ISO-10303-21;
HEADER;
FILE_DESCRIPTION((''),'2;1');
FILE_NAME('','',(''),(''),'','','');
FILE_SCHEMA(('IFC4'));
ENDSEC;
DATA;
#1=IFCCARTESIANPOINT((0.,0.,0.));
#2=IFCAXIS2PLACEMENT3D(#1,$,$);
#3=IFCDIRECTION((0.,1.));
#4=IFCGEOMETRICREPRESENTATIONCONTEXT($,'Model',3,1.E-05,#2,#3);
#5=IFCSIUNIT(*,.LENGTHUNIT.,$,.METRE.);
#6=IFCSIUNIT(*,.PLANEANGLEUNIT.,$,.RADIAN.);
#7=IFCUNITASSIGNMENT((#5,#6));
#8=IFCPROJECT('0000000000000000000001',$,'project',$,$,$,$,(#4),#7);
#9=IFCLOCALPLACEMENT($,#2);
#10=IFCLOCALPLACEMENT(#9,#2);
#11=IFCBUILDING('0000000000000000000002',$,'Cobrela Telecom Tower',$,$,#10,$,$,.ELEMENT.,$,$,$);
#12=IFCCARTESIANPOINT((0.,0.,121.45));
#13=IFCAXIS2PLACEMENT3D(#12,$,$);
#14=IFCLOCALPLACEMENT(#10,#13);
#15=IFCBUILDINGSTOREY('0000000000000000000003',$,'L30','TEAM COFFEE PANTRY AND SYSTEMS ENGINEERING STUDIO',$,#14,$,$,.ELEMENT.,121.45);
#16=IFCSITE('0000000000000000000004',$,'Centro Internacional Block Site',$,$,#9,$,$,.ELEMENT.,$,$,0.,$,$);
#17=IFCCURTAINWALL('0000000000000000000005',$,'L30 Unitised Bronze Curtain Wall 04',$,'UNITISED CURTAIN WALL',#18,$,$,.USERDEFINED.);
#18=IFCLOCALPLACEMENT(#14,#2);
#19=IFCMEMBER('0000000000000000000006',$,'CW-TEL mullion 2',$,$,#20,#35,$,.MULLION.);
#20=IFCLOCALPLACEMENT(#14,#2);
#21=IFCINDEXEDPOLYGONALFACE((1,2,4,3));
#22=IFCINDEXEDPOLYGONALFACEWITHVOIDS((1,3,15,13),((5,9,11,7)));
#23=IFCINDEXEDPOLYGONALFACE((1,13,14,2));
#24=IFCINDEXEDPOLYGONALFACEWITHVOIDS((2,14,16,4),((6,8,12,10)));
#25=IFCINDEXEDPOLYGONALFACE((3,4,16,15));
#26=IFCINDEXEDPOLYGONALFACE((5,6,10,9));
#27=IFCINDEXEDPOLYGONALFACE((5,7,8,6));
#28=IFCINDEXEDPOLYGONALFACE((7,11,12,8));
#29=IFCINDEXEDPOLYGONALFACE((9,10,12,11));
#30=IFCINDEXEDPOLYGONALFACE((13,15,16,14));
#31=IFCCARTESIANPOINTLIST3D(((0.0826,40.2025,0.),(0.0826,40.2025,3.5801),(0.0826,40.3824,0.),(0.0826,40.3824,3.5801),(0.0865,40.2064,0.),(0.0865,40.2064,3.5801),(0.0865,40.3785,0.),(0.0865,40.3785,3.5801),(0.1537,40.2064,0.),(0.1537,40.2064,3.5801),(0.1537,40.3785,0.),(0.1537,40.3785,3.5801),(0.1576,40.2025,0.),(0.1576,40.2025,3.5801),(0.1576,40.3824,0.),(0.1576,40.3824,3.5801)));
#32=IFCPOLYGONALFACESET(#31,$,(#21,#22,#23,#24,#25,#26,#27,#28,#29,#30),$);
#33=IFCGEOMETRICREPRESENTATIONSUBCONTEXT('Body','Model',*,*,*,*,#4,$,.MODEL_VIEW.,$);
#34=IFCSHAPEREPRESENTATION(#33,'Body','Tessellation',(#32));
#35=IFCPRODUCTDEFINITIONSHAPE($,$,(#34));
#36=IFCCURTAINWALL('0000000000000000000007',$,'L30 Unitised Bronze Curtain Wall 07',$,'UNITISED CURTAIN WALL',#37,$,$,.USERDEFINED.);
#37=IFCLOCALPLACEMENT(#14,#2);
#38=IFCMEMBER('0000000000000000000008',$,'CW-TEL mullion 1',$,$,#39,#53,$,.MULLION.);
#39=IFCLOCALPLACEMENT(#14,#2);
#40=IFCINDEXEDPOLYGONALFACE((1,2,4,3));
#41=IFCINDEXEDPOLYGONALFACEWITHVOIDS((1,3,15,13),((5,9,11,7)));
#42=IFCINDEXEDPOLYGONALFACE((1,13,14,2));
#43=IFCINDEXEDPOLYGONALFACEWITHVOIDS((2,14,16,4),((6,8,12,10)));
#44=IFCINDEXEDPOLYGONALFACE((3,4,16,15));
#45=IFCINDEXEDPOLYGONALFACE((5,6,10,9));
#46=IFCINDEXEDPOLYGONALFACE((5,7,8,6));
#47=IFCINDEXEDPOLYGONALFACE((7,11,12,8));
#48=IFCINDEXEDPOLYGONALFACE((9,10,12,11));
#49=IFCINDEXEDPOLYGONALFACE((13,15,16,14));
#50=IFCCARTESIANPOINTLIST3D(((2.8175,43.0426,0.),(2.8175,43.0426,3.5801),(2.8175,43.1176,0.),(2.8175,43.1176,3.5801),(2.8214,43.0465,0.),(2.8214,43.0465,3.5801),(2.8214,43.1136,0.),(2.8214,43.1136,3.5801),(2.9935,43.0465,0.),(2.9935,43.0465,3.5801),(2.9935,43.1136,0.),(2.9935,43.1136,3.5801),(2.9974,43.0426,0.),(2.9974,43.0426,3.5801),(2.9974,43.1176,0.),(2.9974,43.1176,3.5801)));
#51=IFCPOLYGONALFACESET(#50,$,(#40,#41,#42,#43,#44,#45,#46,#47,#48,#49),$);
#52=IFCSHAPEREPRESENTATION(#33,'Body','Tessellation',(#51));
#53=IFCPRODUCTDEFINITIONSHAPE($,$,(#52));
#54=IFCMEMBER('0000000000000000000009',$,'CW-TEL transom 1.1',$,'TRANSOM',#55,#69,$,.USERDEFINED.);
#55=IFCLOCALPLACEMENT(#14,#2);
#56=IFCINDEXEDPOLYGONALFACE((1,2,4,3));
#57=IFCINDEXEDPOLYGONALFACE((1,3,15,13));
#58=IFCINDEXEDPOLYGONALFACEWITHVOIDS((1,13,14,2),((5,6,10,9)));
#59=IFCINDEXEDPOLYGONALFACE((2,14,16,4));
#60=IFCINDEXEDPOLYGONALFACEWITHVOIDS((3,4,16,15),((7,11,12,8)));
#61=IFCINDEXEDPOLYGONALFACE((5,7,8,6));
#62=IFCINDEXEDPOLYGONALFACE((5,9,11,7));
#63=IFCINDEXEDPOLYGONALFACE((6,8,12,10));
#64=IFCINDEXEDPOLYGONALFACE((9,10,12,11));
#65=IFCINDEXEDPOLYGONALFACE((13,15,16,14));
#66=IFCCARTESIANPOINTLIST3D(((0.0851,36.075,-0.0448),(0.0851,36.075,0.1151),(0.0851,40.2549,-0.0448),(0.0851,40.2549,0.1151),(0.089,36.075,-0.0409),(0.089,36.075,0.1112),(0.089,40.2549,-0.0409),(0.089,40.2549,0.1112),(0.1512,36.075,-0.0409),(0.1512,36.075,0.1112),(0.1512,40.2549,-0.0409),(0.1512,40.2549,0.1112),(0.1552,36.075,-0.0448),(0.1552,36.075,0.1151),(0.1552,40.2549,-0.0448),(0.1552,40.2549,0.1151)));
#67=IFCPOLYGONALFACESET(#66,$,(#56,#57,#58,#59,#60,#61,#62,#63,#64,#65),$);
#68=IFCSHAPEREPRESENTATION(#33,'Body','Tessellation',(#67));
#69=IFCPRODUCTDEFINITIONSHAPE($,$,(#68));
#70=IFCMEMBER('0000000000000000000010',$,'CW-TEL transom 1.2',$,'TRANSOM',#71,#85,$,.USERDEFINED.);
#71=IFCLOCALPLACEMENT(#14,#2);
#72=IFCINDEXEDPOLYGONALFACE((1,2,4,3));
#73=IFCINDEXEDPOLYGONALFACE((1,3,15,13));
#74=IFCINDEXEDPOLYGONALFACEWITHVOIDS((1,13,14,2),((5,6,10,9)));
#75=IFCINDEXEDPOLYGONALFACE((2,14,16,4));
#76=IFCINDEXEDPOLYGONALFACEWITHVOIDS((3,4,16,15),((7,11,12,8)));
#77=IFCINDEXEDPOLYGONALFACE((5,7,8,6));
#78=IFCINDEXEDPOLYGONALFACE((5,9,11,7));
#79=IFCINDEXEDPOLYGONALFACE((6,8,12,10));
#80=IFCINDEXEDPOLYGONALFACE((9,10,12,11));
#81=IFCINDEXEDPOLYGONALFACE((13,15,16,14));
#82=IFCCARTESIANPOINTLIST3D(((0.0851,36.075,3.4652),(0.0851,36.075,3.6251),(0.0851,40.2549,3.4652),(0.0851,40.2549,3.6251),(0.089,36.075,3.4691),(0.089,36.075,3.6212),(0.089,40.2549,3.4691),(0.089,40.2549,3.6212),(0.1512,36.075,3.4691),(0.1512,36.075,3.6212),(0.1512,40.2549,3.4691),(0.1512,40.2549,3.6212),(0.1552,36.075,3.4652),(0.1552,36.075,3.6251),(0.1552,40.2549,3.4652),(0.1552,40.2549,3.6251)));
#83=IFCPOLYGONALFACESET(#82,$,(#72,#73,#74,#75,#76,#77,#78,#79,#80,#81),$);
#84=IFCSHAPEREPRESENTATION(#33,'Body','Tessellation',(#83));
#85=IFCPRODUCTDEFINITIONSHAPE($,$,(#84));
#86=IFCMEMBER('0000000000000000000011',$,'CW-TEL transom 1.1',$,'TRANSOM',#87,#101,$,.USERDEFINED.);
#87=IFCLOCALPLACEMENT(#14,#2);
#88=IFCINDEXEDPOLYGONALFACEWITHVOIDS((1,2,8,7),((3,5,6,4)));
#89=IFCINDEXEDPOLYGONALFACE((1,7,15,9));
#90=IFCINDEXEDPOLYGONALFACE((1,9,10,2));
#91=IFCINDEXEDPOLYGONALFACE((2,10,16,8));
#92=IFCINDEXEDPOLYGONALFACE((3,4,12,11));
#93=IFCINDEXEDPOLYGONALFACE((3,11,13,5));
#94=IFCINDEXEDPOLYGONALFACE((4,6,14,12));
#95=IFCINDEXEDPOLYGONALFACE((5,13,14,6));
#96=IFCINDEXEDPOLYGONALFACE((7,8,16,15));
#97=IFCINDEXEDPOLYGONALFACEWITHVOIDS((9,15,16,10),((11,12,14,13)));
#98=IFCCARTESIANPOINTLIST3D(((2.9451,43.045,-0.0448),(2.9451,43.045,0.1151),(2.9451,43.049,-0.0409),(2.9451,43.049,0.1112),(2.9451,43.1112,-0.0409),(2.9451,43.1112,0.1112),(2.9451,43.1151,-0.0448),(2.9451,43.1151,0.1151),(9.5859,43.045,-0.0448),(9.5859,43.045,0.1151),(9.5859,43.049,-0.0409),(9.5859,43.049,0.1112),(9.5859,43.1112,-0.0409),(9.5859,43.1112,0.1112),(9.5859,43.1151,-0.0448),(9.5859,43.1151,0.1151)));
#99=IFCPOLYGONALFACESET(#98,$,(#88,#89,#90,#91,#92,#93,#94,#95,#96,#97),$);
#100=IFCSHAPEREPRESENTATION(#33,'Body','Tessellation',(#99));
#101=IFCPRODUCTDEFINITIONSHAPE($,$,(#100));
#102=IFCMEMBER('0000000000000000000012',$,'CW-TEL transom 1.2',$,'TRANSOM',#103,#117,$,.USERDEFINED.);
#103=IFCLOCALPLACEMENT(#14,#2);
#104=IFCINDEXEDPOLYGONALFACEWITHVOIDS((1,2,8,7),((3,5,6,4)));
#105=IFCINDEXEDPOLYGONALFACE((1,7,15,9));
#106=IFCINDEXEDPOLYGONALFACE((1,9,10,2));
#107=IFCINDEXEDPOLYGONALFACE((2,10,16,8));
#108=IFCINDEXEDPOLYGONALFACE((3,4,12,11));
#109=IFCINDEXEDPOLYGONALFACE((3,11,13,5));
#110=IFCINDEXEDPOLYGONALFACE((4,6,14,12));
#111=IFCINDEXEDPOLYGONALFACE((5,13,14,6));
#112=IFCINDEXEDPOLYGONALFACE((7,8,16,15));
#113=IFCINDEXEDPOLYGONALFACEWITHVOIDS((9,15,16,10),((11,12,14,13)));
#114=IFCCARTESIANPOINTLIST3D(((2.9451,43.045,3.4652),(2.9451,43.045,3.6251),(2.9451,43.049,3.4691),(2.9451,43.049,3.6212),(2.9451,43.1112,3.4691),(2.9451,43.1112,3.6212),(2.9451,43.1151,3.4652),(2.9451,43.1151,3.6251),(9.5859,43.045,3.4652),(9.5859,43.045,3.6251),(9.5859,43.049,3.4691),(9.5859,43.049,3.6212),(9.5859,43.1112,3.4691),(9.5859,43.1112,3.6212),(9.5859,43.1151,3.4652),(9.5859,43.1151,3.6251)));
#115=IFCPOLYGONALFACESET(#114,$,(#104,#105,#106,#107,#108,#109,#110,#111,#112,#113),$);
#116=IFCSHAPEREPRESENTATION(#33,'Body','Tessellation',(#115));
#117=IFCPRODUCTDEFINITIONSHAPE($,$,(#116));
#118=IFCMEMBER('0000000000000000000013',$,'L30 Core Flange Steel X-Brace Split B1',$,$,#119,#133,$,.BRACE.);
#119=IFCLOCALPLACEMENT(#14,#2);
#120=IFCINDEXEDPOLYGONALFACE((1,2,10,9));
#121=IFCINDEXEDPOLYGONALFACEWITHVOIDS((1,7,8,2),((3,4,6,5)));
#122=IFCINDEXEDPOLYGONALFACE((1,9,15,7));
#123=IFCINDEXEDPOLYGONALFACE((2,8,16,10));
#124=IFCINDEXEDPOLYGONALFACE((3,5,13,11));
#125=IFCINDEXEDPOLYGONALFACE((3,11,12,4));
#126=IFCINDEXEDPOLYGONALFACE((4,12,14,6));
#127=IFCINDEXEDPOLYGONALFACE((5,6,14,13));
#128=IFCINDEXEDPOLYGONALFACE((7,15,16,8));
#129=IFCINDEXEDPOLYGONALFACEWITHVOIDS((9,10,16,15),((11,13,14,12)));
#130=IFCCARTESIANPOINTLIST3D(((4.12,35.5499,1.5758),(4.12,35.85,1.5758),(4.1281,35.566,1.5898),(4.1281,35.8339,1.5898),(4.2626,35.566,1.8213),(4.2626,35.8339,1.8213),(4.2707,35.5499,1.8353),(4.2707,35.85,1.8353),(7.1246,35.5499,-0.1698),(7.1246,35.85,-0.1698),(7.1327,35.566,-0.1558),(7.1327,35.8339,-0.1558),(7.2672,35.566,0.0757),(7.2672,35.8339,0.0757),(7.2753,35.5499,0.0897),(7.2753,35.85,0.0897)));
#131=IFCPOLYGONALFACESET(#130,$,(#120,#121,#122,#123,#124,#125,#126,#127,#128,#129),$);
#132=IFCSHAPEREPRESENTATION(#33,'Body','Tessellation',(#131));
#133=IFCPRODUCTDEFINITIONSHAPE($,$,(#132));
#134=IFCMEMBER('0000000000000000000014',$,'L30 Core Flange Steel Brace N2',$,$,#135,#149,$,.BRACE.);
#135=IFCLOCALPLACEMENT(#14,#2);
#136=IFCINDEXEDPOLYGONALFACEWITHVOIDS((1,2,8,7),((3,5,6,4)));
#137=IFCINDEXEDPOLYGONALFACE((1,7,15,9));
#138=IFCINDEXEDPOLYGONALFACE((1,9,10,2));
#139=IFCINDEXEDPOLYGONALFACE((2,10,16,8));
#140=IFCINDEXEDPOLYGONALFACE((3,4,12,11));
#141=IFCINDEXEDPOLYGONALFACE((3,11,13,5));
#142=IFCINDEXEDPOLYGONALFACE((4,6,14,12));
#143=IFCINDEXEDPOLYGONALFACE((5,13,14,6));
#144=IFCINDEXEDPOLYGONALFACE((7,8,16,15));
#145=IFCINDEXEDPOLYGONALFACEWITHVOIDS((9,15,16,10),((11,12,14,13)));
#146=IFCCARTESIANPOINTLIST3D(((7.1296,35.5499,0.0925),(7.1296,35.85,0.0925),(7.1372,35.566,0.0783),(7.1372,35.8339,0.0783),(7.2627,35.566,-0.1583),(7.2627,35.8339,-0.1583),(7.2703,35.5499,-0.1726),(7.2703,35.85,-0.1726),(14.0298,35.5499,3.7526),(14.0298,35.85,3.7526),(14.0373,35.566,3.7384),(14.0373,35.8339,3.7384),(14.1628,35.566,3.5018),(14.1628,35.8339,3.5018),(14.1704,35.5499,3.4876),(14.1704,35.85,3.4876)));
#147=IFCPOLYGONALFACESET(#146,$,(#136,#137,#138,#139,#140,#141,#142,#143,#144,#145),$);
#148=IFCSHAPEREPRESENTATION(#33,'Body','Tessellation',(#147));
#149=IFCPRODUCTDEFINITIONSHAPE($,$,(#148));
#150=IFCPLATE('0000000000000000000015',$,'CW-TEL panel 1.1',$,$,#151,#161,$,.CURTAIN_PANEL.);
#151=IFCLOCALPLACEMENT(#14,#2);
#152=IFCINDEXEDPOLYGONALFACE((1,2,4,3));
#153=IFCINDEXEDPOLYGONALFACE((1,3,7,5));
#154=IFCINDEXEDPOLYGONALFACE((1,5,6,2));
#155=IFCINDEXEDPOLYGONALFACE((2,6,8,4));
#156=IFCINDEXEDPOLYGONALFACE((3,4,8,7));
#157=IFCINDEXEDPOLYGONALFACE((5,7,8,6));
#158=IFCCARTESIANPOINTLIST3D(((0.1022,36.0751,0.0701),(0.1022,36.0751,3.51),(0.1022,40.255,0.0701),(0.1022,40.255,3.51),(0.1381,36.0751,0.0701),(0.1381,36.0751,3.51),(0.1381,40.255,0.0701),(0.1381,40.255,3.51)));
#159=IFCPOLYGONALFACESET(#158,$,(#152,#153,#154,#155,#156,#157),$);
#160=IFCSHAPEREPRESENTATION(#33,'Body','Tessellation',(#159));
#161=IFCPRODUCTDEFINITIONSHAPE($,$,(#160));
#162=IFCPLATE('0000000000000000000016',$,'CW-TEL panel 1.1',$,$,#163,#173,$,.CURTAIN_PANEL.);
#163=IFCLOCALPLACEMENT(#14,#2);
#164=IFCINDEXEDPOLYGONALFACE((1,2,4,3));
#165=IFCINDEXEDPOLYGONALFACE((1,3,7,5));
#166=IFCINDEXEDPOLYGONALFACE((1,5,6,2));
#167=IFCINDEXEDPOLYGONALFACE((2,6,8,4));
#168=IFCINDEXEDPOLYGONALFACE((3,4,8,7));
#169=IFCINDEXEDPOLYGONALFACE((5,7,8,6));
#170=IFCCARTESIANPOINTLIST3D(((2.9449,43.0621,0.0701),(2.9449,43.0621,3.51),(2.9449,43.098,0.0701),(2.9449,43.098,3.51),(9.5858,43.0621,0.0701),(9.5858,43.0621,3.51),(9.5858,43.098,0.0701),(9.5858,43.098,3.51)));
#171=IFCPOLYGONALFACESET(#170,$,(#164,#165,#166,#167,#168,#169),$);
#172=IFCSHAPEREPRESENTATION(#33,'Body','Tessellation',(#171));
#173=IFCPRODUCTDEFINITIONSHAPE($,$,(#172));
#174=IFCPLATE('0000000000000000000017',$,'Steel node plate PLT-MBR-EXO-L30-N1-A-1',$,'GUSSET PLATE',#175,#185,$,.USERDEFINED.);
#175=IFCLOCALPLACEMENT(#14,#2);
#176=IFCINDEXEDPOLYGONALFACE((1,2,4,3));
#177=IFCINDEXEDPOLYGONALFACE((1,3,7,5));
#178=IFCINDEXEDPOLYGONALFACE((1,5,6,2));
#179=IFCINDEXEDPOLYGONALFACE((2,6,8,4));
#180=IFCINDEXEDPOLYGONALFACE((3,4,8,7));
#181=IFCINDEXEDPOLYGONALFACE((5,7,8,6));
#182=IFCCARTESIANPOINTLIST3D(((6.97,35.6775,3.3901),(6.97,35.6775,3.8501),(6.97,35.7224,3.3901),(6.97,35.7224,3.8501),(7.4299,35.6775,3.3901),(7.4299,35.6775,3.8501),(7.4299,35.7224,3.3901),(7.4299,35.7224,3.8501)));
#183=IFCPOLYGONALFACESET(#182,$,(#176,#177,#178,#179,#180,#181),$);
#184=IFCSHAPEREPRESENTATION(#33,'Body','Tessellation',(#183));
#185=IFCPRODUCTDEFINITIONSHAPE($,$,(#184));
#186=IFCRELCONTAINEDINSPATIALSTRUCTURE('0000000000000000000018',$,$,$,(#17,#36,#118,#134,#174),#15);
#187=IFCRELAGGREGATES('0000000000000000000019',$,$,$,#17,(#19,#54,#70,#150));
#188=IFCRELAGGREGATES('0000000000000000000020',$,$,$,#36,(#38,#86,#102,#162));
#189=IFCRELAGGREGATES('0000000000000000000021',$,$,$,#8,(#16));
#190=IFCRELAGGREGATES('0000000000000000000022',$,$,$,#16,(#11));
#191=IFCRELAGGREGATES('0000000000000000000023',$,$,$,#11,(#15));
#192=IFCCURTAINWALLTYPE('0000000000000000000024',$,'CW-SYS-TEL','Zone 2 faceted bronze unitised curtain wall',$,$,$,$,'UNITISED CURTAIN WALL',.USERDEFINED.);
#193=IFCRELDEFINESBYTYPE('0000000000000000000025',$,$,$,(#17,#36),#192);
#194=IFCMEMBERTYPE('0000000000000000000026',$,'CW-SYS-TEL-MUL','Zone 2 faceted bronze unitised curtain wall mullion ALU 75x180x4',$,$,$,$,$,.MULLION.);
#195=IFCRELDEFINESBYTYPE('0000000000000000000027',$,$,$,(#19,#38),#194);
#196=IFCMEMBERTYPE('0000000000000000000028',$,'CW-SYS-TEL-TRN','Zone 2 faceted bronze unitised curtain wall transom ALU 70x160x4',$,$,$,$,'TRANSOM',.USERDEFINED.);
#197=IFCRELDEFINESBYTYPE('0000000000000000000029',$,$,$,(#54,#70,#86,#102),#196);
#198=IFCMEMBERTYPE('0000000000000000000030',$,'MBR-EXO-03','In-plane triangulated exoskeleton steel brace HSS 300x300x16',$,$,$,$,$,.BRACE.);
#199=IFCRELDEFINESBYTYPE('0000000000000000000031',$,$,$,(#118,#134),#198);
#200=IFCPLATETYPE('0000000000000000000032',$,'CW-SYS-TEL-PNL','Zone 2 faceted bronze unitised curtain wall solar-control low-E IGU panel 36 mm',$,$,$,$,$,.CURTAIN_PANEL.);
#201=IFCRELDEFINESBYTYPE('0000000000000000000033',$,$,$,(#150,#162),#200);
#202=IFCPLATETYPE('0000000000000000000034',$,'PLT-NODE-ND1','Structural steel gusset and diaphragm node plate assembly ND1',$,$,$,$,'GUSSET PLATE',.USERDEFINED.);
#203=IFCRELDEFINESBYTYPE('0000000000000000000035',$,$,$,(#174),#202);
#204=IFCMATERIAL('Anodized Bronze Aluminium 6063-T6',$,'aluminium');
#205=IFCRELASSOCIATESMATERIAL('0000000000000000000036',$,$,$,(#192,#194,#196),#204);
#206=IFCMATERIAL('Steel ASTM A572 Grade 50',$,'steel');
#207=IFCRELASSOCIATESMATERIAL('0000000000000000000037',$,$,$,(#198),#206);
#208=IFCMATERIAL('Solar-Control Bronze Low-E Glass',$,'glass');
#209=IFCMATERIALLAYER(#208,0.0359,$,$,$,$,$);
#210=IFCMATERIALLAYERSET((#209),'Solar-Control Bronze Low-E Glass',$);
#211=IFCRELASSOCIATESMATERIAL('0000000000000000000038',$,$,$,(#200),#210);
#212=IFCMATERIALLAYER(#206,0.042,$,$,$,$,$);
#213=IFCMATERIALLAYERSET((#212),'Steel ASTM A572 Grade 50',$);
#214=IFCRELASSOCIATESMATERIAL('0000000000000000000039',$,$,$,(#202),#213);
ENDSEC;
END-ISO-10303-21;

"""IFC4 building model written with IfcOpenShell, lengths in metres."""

from ifc_helpers import new_model, si_unit, direction, frame, origin, origin_2d, place, context, subcontext, project, spatial, rectangle, hollow_rectangle, extrude, material, layer, layer_set, material_profile, profile_set, type_object, element, aggregate, save


model = new_model("IFC4")

# Units and contexts
model_context = context("Model", 3, precision=1e-05, world=origin(), true_north=direction((0.0, 1.0)))
body_context = subcontext(model_context, "Body", "Model", "MODEL_VIEW")
ifc_project = project(units=[si_unit("LENGTHUNIT", "METRE"), si_unit("PLANEANGLEUNIT", "RADIAN")], contexts=[model_context])

# Site, building, storey
site_placement = place(None, origin())
site = spatial("IfcSite", under=ifc_project, at=site_placement, Name="Centro Internacional Block Site", CompositionType="ELEMENT", RefElevation=0.0)
building_placement = place(site_placement, origin())
building = spatial("IfcBuilding", under=site, at=building_placement, Name="Cobrela Telecom Tower", CompositionType="ELEMENT")
storey_placement = place(building_placement, frame((0.0, 0.0, 121.45)))
storey = spatial("IfcBuildingStorey", under=building, at=storey_placement, Name="L30", Description="TEAM COFFEE PANTRY AND SYSTEMS ENGINEERING STUDIO", CompositionType="ELEMENT", Elevation=121.45)

# Shared definitions
ifc_material_1 = material(Name="Steel ASTM A572 Grade 50", Category="steel")

# Curtain wall, member
ifc_material_2 = material(Name="Anodized Bronze Aluminium 6063-T6", Category="aluminium")
curtain_wall_type = type_object("IfcCurtainWallType", Name="CW-SYS-TEL", Description="Zone 2 faceted bronze unitised curtain wall", ElementType="UNITISED CURTAIN WALL", PredefinedType="USERDEFINED", material=ifc_material_2)
curtain_wall_1_placement = place(storey_placement, origin())
curtain_wall_1 = element("IfcCurtainWall", 1, at=curtain_wall_1_placement, inside=storey, type_object=curtain_wall_type, Name="L30 Unitised Bronze Curtain Wall 04", ObjectType="UNITISED CURTAIN WALL", PredefinedType="USERDEFINED")
ifc_material_profile_1 = material_profile(ifc_material_2, hollow_rectangle(XDim=0.075, YDim=0.1799, WallThickness=0.0039, at=origin_2d()), Name="ALU 75x180x4")
ifc_profile_set_1 = profile_set([ifc_material_profile_1], Name="Anodized Bronze Aluminium 6063-T6")
member_type_1 = type_object("IfcMemberType", Name="CW-SYS-TEL-MUL", Description="Zone 2 faceted bronze unitised curtain wall mullion ALU 75x180x4", PredefinedType="MULLION", material=ifc_profile_set_1)
member_1_placement = place(storey_placement, frame((0.1201, 40.2925, 0.0), z_axis=(0.0, 0.0, 1.0), x_axis=(-1.0, 0.0, 0.0)))
member_1 = element("IfcMember", 2, at=member_1_placement, type_object=member_type_1, Name="CW-TEL mullion 2", PredefinedType="MULLION", context=body_context, shape_type="SweptSolid", body=[
    extrude(hollow_rectangle(XDim=0.075, YDim=0.1799, WallThickness=0.0039, at=origin_2d()), origin(), (0.0, 0.0, 1.0), 3.5801),
])

# Curtain wall, member
curtain_wall_2_placement = place(storey_placement, origin())
curtain_wall_2 = element("IfcCurtainWall", 3, at=curtain_wall_2_placement, inside=storey, type_object=curtain_wall_type, Name="L30 Unitised Bronze Curtain Wall 07", ObjectType="UNITISED CURTAIN WALL", PredefinedType="USERDEFINED")
member_2_placement = place(storey_placement, frame((2.9075, 43.0801, 0.0), z_axis=(0.0, 0.0, 1.0), x_axis=(0.0, 1.0, 0.0)))
member_2 = element("IfcMember", 4, at=member_2_placement, type_object=member_type_1, Name="CW-TEL mullion 1", PredefinedType="MULLION", context=body_context, shape_type="SweptSolid", body=[
    extrude(hollow_rectangle(XDim=0.075, YDim=0.1799, WallThickness=0.0039, at=origin_2d()), origin(), (0.0, 0.0, 1.0), 3.5801),
])

# Members
ifc_material_profile_2 = material_profile(ifc_material_2, hollow_rectangle(XDim=0.0701, YDim=0.1599, WallThickness=0.0039, at=origin_2d()), Name="ALU 70x160x4")
ifc_profile_set_2 = profile_set([ifc_material_profile_2], Name="Anodized Bronze Aluminium 6063-T6")
member_type_2 = type_object("IfcMemberType", Name="CW-SYS-TEL-TRN", Description="Zone 2 faceted bronze unitised curtain wall transom ALU 70x160x4", ElementType="TRANSOM", PredefinedType="USERDEFINED", material=ifc_profile_set_2)
member_3_placement = place(storey_placement, frame((0.1201, 36.075, 0.0352), z_axis=(0.0, 1.0, 0.0), x_axis=(-1.0, 0.0, 0.0)))
member_3 = element("IfcMember", 5, at=member_3_placement, type_object=member_type_2, Name="CW-TEL transom 1.1", ObjectType="TRANSOM", PredefinedType="USERDEFINED", context=body_context, shape_type="SweptSolid", body=[
    extrude(hollow_rectangle(XDim=0.0701, YDim=0.1599, WallThickness=0.0039, at=origin_2d()), origin(), (0.0, 0.0, 1.0), 4.1799),
])
member_4_placement = place(storey_placement, frame((0.1201, 36.075, 3.5452), z_axis=(0.0, 1.0, 0.0), x_axis=(-1.0, 0.0, 0.0)))
member_4 = element("IfcMember", 6, at=member_4_placement, type_object=member_type_2, Name="CW-TEL transom 1.2", ObjectType="TRANSOM", PredefinedType="USERDEFINED", context=body_context, shape_type="SweptSolid", body=[
    extrude(hollow_rectangle(XDim=0.0701, YDim=0.1599, WallThickness=0.0039, at=origin_2d()), origin(), (0.0, 0.0, 1.0), 4.1799),
])
member_5_placement = place(storey_placement, frame((2.9451, 43.0801, 0.0352), z_axis=(1.0, 0.0, 0.0), x_axis=(0.0, 1.0, 0.0)))
member_5 = element("IfcMember", 7, at=member_5_placement, type_object=member_type_2, Name="CW-TEL transom 1.1", ObjectType="TRANSOM", PredefinedType="USERDEFINED", context=body_context, shape_type="SweptSolid", body=[
    extrude(hollow_rectangle(XDim=0.0701, YDim=0.1599, WallThickness=0.0039, at=origin_2d()), origin(), (0.0, 0.0, 1.0), 6.6409),
])
member_6_placement = place(storey_placement, frame((2.9451, 43.0801, 3.5452), z_axis=(1.0, 0.0, 0.0), x_axis=(0.0, 1.0, 0.0)))
member_6 = element("IfcMember", 8, at=member_6_placement, type_object=member_type_2, Name="CW-TEL transom 1.2", ObjectType="TRANSOM", PredefinedType="USERDEFINED", context=body_context, shape_type="SweptSolid", body=[
    extrude(hollow_rectangle(XDim=0.0701, YDim=0.1599, WallThickness=0.0039, at=origin_2d()), origin(), (0.0, 0.0, 1.0), 6.6409),
])

# Members
ifc_material_profile_3 = material_profile(ifc_material_1, hollow_rectangle(XDim=0.3, YDim=0.3, WallThickness=0.0161, at=origin_2d()), Name="HSS 300x300x16")
ifc_profile_set_3 = profile_set([ifc_material_profile_3], Name="Steel ASTM A572 Grade 50")
member_type_3 = type_object("IfcMemberType", Name="MBR-EXO-03", Description="In-plane triangulated exoskeleton steel brace HSS 300x300x16", PredefinedType="BRACE", material=ifc_profile_set_3)
member_7_placement = place(storey_placement, frame((7.2, 35.7, -0.04), z_axis=(-0.864667, 0.0, 0.502346), x_axis=(0.0, -1.0, 0.0)))
element("IfcMember", 9, at=member_7_placement, inside=storey, type_object=member_type_3, Name="L30 Core Flange Steel X-Brace Split B1", PredefinedType="BRACE", context=body_context, shape_type="SweptSolid", body=[
    extrude(hollow_rectangle(XDim=0.3, YDim=0.3, WallThickness=0.0161, at=origin_2d()), origin(), (0.0, 0.0, 1.0), 3.4749),
])
member_8_placement = place(storey_placement, frame((7.2, 35.7, -0.04), z_axis=(0.88341, 0.0, 0.468601), x_axis=(0.0, 1.0, 0.0)))
element("IfcMember", 10, at=member_8_placement, inside=storey, type_object=member_type_3, Name="L30 Core Flange Steel Brace N2", PredefinedType="BRACE", context=body_context, shape_type="SweptSolid", body=[
    extrude(hollow_rectangle(XDim=0.3, YDim=0.3, WallThickness=0.0161, at=origin_2d()), origin(), (0.0, 0.0, 1.0), 7.8108),
])

# Plates
ifc_material_3 = material(Name="Solar-Control Bronze Low-E Glass", Category="glass")
ifc_layer_1 = layer(ifc_material_3, 0.0359)
ifc_layer_set_1 = layer_set([ifc_layer_1], Name="Solar-Control Bronze Low-E Glass")
plate_type_1 = type_object("IfcPlateType", Name="CW-SYS-TEL-PNL", Description="Zone 2 faceted bronze unitised curtain wall solar-control low-E IGU panel 36 mm", PredefinedType="CURTAIN_PANEL", material=ifc_layer_set_1)
plate_1_placement = place(storey_placement, frame((0.1201, 38.165, 0.0701), z_axis=(0.0, 0.0, 1.0), x_axis=(0.0, 1.0, 0.0)))
plate_1 = element("IfcPlate", 11, at=plate_1_placement, type_object=plate_type_1, Name="CW-TEL panel 1.1", PredefinedType="CURTAIN_PANEL", context=body_context, shape_type="SweptSolid", body=[
    extrude(rectangle(XDim=4.1799, YDim=0.0359, at=origin_2d()), origin(), (0.0, 0.0, 1.0), 3.4399),
])
aggregate(curtain_wall_1, [member_1, member_3, member_4, plate_1])
plate_2_placement = place(storey_placement, frame((6.2654, 43.0801, 0.0701), z_axis=(0.0, 0.0, 1.0), x_axis=(1.0, 0.0, 0.0)))
plate_2 = element("IfcPlate", 12, at=plate_2_placement, type_object=plate_type_1, Name="CW-TEL panel 1.1", PredefinedType="CURTAIN_PANEL", context=body_context, shape_type="SweptSolid", body=[
    extrude(rectangle(XDim=6.6409, YDim=0.0359, at=origin_2d()), origin(), (0.0, 0.0, 1.0), 3.4399),
])
aggregate(curtain_wall_2, [member_2, member_5, member_6, plate_2])

# Plate
ifc_layer_2 = layer(ifc_material_1, 0.042)
ifc_layer_set_2 = layer_set([ifc_layer_2], Name="Steel ASTM A572 Grade 50")
plate_type_2 = type_object("IfcPlateType", Name="PLT-NODE-ND1", Description="Structural steel gusset and diaphragm node plate assembly ND1", ElementType="GUSSET PLATE", PredefinedType="USERDEFINED", material=ifc_layer_set_2)
for number, where, z_axis, x_axis, name in (
    (13, (7.2, 35.7, 3.3901), (0.0, 0.0, 1.0), (1.0, 0.0, 0.0), "Steel node plate PLT-MBR-EXO-L30-N1-A-1"),
):
    element("IfcPlate", number, at=place(storey_placement, frame(where, z_axis=z_axis, x_axis=x_axis)), inside=storey, type_object=plate_type_2, Name=name, ObjectType="GUSSET PLATE", PredefinedType="USERDEFINED", context=body_context, shape_type="SweptSolid", body=[
        extrude(rectangle(XDim=0.46, YDim=0.0449, at=origin_2d()), origin(), (0.0, 0.0, 1.0), 0.46),
    ])

save(model, "model.ifc")
